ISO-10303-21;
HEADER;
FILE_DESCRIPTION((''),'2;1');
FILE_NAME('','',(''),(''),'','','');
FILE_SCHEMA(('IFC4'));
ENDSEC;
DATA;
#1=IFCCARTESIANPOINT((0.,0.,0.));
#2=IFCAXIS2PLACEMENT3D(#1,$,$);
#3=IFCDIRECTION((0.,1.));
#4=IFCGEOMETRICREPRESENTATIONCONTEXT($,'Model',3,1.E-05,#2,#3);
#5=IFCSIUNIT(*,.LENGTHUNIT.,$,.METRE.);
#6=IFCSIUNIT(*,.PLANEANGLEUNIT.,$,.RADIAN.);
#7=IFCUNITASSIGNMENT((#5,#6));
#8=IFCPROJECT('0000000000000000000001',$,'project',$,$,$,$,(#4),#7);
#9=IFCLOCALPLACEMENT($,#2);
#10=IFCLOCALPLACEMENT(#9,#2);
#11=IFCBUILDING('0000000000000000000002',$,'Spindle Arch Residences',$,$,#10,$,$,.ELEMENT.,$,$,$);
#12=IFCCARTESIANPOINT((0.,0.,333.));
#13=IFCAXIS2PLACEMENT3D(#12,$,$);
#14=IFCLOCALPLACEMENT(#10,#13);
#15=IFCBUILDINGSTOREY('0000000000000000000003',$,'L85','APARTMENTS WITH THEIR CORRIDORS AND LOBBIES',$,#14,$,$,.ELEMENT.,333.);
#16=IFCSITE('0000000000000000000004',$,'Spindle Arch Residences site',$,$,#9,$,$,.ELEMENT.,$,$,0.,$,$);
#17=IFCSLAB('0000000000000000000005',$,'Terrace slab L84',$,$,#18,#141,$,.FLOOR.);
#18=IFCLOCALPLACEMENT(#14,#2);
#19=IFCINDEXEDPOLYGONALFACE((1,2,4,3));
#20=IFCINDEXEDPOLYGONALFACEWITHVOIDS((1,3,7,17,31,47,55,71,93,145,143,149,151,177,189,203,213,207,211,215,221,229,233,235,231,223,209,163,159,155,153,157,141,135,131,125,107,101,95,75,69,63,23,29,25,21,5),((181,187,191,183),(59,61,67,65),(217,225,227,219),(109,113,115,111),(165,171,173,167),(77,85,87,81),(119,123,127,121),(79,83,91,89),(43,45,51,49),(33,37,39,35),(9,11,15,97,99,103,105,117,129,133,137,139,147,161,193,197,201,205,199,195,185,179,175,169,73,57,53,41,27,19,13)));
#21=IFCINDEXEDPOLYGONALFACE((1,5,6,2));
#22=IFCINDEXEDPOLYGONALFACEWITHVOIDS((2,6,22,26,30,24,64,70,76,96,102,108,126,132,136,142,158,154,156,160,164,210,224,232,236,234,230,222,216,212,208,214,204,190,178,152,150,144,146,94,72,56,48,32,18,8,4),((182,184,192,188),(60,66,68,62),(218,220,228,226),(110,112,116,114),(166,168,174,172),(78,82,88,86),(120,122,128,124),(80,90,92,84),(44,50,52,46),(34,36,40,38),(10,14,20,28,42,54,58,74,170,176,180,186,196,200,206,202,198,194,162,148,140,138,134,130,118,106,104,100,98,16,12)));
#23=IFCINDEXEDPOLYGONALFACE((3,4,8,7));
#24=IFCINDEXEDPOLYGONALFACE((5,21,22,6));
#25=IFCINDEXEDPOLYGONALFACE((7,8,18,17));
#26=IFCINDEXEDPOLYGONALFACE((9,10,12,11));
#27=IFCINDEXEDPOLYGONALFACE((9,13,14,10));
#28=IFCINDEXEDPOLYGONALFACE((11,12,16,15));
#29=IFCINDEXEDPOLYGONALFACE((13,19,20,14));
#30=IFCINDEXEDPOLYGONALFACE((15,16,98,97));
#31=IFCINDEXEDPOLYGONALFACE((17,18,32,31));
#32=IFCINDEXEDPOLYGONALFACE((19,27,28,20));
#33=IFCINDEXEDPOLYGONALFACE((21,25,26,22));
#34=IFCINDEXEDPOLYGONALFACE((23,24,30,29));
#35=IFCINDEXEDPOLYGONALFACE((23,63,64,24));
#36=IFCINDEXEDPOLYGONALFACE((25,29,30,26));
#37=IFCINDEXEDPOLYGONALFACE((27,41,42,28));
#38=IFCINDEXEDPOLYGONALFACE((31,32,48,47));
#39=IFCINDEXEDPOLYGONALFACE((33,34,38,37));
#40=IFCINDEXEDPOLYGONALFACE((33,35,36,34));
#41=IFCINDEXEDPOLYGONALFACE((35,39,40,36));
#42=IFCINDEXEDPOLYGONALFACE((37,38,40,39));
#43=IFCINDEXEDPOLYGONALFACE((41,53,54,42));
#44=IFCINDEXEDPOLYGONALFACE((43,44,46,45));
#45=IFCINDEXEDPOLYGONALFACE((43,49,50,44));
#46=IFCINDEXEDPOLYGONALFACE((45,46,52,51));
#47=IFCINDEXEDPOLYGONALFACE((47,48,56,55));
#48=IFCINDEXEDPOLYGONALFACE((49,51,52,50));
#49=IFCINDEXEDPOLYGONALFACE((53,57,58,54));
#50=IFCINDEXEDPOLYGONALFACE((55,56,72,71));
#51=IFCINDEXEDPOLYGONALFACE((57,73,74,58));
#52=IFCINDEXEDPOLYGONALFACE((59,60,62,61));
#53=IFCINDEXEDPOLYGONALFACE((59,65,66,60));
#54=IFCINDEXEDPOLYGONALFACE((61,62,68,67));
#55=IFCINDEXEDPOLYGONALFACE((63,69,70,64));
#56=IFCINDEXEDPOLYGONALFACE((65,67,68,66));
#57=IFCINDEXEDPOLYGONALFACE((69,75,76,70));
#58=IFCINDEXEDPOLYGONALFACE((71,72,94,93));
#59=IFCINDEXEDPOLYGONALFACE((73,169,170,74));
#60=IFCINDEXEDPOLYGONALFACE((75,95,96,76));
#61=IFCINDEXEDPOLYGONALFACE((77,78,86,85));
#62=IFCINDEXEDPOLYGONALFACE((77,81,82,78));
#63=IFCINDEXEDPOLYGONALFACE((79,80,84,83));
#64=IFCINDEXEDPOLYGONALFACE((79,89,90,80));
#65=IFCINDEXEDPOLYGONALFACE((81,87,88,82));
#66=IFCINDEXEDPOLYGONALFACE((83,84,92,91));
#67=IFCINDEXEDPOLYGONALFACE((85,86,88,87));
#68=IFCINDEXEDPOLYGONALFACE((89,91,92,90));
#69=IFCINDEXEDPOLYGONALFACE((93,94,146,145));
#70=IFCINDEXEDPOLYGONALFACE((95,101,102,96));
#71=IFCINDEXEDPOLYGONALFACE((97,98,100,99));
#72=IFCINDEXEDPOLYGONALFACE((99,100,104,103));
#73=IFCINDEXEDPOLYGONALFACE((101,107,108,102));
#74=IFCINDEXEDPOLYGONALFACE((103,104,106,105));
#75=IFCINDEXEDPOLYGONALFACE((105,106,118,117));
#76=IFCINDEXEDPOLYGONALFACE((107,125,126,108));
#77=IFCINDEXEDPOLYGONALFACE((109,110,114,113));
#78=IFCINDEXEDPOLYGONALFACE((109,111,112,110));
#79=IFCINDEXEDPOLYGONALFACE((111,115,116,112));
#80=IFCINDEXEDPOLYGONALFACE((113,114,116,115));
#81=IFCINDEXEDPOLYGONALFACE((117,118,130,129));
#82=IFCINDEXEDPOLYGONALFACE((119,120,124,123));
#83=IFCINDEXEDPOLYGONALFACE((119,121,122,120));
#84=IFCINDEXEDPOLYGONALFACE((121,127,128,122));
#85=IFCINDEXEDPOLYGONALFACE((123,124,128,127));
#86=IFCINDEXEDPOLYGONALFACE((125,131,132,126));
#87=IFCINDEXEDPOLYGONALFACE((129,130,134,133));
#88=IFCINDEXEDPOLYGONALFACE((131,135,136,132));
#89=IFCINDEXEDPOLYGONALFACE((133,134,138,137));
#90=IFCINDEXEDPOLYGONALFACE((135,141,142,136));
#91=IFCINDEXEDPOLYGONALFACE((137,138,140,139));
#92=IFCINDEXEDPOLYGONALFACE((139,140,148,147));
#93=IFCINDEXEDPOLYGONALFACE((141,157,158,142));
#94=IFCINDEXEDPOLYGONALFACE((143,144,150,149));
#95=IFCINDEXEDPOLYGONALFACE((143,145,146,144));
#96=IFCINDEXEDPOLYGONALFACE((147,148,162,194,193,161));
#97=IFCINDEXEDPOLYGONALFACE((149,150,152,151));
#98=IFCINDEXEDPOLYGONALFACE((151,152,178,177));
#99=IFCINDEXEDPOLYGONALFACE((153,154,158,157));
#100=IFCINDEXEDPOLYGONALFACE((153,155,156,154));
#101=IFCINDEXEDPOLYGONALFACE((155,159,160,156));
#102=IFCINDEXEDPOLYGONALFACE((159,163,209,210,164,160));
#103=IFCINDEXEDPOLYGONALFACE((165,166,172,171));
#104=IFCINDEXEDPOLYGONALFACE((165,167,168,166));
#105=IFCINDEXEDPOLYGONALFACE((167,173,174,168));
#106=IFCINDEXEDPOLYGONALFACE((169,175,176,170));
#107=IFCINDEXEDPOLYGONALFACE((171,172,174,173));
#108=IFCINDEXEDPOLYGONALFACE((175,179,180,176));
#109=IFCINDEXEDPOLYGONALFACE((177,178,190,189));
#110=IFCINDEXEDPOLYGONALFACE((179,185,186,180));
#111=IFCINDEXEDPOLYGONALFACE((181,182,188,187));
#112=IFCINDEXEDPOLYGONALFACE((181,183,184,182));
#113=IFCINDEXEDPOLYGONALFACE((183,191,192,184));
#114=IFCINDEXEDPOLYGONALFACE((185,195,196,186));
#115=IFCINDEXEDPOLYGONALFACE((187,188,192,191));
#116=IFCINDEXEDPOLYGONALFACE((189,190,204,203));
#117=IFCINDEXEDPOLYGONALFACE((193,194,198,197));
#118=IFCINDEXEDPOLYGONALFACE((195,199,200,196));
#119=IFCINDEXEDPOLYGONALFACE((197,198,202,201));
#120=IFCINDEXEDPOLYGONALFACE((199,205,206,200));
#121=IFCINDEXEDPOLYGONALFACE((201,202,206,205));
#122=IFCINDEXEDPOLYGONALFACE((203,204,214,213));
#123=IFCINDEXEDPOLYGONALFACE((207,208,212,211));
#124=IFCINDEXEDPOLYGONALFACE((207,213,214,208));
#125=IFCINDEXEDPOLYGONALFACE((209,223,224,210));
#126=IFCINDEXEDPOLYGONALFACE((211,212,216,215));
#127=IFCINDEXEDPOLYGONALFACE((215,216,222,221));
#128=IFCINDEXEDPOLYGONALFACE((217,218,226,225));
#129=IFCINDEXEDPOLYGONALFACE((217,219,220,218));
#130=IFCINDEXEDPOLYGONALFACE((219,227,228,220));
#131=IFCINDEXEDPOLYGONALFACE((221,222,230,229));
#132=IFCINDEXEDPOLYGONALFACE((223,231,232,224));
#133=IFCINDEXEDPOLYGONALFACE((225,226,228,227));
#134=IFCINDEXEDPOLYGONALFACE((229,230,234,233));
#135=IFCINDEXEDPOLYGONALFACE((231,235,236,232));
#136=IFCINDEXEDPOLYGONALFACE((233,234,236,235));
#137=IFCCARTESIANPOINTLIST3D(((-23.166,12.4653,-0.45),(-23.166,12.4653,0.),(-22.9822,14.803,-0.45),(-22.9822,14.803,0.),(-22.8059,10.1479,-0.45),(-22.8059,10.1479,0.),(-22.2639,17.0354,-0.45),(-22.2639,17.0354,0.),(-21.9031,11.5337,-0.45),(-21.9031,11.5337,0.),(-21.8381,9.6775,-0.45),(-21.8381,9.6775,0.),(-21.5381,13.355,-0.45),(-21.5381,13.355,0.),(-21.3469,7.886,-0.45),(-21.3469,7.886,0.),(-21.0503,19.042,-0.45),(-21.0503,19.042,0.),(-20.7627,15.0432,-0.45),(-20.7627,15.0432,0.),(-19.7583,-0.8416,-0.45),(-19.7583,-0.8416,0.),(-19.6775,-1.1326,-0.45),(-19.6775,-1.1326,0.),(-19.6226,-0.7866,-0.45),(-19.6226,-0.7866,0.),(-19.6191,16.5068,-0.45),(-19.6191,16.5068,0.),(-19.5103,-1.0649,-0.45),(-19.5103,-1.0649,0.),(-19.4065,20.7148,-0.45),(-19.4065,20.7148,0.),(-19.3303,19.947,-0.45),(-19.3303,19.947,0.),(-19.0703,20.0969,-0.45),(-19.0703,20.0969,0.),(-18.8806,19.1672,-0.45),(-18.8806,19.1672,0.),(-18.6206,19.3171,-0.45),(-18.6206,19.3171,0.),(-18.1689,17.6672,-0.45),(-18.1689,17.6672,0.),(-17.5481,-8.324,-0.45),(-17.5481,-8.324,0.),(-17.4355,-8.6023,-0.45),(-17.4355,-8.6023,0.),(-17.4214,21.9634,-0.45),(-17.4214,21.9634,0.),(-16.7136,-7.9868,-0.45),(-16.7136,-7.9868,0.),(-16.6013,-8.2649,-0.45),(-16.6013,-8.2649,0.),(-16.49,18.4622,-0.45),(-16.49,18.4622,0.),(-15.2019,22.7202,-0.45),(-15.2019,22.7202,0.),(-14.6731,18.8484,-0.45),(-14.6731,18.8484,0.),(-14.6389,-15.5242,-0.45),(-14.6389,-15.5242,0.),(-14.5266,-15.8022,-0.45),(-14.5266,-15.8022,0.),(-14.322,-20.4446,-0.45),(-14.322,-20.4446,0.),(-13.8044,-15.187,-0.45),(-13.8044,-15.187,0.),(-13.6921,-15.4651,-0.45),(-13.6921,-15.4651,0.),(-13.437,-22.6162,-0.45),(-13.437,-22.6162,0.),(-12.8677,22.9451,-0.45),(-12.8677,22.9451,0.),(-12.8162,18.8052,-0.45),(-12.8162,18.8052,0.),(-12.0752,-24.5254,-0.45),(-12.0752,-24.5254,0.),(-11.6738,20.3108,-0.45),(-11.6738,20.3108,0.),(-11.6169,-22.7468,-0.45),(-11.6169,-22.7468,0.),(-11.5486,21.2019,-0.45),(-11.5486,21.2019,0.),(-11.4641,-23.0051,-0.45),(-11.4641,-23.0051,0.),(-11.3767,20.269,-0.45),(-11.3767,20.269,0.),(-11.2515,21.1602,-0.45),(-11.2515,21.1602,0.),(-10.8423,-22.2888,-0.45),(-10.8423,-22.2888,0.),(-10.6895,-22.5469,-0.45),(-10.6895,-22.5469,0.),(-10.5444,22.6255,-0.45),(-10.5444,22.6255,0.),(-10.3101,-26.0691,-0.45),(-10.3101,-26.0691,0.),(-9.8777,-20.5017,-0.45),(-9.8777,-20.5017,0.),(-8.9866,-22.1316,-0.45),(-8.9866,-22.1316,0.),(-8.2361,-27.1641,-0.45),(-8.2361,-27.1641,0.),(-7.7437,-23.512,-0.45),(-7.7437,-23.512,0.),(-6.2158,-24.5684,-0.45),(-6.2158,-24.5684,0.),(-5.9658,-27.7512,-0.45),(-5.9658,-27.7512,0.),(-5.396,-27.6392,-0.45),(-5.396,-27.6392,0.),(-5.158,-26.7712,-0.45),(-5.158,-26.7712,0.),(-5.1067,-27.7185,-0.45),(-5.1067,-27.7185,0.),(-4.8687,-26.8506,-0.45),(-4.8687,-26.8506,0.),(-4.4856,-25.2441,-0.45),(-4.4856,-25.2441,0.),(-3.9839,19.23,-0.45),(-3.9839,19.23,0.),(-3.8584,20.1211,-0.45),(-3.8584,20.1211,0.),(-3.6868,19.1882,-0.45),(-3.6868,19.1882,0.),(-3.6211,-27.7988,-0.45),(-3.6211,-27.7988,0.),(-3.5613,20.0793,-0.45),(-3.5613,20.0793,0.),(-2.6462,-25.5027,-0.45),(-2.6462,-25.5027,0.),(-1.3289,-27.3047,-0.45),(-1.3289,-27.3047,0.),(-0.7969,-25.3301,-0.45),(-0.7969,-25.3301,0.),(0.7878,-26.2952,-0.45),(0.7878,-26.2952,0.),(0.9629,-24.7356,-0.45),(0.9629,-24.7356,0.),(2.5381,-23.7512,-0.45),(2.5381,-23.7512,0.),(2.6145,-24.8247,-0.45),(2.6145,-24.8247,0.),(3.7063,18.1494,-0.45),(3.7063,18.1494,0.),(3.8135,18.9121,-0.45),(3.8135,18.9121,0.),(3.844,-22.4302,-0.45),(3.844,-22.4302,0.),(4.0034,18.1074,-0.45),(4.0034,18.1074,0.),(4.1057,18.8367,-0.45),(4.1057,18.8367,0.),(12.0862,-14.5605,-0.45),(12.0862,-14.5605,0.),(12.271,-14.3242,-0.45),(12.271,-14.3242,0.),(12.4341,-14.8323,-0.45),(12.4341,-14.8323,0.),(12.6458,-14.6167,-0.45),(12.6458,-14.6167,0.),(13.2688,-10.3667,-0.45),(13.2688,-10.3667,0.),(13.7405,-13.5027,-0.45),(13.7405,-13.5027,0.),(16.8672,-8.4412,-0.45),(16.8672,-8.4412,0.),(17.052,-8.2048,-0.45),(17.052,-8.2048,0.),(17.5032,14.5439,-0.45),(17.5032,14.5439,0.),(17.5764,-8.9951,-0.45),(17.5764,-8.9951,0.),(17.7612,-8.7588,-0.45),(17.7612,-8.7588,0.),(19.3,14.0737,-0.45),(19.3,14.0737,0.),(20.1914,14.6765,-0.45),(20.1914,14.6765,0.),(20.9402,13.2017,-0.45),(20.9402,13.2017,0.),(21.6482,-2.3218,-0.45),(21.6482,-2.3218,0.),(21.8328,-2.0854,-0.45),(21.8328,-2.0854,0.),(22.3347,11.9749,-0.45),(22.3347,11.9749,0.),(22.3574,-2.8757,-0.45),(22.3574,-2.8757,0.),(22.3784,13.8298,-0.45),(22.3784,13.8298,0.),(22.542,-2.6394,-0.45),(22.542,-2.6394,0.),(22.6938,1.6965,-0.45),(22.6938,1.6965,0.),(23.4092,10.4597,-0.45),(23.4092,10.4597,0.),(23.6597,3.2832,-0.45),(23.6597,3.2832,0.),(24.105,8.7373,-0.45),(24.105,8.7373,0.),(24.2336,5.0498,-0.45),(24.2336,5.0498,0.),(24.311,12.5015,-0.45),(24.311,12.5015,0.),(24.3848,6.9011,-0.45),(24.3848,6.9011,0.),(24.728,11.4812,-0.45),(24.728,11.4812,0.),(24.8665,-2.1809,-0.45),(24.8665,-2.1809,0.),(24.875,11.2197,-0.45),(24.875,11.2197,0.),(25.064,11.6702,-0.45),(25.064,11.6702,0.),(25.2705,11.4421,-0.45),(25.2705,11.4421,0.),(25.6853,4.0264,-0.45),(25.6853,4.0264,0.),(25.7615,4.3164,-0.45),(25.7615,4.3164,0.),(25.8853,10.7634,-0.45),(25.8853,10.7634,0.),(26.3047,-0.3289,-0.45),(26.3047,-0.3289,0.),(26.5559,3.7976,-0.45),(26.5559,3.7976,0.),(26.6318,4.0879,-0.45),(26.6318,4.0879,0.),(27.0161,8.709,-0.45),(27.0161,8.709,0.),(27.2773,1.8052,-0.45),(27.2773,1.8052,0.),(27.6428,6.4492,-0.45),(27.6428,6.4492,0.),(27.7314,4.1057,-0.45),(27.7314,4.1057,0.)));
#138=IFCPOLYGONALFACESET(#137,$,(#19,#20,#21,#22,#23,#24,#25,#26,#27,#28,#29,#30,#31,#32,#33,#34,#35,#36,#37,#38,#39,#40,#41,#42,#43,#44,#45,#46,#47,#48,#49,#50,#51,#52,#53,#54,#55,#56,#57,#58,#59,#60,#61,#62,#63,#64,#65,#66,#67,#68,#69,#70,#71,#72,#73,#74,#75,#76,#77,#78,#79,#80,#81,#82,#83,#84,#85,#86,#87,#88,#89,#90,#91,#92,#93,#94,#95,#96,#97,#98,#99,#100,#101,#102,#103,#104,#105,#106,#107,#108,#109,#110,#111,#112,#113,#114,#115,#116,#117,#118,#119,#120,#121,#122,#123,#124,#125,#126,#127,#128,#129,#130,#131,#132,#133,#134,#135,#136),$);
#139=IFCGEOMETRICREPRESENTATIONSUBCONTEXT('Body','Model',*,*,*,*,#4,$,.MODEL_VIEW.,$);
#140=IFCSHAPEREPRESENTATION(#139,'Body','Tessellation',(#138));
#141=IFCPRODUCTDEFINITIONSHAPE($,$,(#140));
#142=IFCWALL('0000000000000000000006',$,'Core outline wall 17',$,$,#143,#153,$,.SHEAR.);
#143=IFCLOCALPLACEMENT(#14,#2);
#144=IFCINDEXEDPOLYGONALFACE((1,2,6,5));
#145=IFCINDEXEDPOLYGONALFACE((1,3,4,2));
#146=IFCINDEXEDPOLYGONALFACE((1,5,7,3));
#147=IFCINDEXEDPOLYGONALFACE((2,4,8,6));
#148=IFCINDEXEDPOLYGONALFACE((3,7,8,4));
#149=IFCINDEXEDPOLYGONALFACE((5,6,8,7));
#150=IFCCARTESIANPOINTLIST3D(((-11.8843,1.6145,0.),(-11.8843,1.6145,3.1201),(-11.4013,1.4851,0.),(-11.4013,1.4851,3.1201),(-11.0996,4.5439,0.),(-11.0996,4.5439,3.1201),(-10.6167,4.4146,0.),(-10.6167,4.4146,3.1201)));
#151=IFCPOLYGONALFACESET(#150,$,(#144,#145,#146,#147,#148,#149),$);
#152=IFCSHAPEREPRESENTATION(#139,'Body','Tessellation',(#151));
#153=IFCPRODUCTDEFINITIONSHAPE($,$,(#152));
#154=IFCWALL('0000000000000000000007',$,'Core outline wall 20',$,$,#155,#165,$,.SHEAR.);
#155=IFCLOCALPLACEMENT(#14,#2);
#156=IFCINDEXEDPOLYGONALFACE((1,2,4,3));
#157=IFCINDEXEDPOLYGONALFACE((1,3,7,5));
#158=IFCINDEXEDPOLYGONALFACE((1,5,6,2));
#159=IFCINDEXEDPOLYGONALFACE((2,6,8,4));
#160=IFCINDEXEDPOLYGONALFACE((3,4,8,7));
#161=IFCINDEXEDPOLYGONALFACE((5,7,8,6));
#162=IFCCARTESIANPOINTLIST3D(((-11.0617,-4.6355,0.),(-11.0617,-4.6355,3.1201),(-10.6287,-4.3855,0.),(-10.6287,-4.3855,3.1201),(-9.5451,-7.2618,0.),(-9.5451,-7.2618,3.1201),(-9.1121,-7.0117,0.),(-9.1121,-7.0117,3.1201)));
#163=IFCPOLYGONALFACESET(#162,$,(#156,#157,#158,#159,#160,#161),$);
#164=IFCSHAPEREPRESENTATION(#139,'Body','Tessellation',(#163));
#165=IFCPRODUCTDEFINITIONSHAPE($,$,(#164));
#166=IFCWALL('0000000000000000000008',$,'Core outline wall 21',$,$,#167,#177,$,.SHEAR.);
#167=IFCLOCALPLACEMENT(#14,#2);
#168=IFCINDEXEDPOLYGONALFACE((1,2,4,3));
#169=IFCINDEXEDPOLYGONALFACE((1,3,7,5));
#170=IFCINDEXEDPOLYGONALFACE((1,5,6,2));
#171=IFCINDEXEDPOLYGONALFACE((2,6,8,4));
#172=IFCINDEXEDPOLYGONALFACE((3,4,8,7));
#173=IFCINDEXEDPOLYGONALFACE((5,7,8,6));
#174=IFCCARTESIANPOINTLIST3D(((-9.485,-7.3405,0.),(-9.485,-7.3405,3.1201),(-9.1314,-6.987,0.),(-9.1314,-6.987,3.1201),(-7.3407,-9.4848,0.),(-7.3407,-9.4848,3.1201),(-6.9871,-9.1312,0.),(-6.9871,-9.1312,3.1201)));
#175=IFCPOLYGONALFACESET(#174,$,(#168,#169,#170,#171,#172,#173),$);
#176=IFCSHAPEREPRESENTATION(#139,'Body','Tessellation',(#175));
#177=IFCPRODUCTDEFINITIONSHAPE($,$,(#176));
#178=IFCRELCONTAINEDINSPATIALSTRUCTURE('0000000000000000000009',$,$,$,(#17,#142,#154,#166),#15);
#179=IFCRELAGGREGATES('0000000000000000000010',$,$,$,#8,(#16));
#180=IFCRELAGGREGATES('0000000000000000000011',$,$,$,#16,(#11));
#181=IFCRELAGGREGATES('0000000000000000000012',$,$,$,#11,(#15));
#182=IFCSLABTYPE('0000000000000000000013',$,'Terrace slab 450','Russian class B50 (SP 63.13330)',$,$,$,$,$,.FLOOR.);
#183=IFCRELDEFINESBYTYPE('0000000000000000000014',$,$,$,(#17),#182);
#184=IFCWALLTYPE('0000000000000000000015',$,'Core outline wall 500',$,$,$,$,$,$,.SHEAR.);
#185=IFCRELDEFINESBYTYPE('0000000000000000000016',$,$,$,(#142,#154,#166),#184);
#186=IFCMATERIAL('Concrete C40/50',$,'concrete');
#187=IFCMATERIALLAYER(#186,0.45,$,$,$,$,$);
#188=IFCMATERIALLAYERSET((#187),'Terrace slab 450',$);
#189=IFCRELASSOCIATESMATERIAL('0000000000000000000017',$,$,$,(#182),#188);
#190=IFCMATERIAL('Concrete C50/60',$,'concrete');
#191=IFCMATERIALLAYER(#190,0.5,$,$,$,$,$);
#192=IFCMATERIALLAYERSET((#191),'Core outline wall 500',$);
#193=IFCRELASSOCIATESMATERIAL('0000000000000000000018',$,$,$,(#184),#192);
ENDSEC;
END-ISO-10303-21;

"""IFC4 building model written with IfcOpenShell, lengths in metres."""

from ifc_helpers import new_model, si_unit, direction, frame, frame_2d, origin, place, context, subcontext, project, spatial, polyline, rectangle, outline, extrude, material, layer, layer_set, type_object, element, save


model = new_model("IFC4")

# Units and contexts
model_context = context("Model", 3, precision=1e-05, world=origin(), true_north=direction((0.0, 1.0)))
body_context = subcontext(model_context, "Body", "Model", "MODEL_VIEW")
ifc_project = project(units=[si_unit("LENGTHUNIT", "METRE"), si_unit("PLANEANGLEUNIT", "RADIAN")], contexts=[model_context])

# Site, building, storey
site_placement = place(None, origin())
site = spatial("IfcSite", under=ifc_project, at=site_placement, Name="Spindle Arch Residences site", CompositionType="ELEMENT", RefElevation=0.0)
building_placement = place(site_placement, origin())
building = spatial("IfcBuilding", under=site, at=building_placement, Name="Spindle Arch Residences", CompositionType="ELEMENT")
storey_placement = place(building_placement, frame((0.0, 0.0, 333.0)))
storey = spatial("IfcBuildingStorey", under=building, at=storey_placement, Name="L85", Description="APARTMENTS WITH THEIR CORRIDORS AND LOBBIES", CompositionType="ELEMENT", Elevation=333.0)

# Slab
ifc_material_1 = material(Name="Concrete C40/50", Category="concrete")
ifc_layer_1 = layer(ifc_material_1, 0.45)
ifc_layer_set_1 = layer_set([ifc_layer_1], Name="Terrace slab 450")
slab_type_1 = type_object("IfcSlabType", Name="Terrace slab 450", Description="Russian class B50 (SP 63.13330)", PredefinedType="FLOOR", material=ifc_layer_set_1)
slab_1_placement = place(storey_placement, frame((0.0, 0.0, -0.45)))
element("IfcSlab", 1, at=slab_1_placement, inside=storey, type_object=slab_type_1, Name="Terrace slab L84", PredefinedType="FLOOR", context=body_context, shape_type="SweptSolid", body=[
    extrude(outline(polyline([(0.7878, -26.2952), (-1.3289, -27.3047), (-3.6211, -27.7988), (-5.9658, -27.7512), (-8.2361, -27.1641), (-10.3101, -26.0691), (-12.0752, -24.5254), (-13.437, -22.6162), (-14.322, -20.4446), (-19.6775, -1.1326), (-19.5103, -1.0649), (-19.6226, -0.7866), (-19.7583, -0.8416), (-22.8059, 10.1479), (-23.166, 12.4653), (-22.9822, 14.803), (-22.2639, 17.0354), (-21.0503, 19.042), (-19.4065, 20.7148), (-17.4214, 21.9634), (-15.2019, 22.7202), (-12.8677, 22.9451), (-10.5444, 22.6255), (3.8135, 18.9121), (3.7063, 18.1494), (4.0034, 18.1074), (4.1057, 18.8367), (20.1914, 14.6765), (22.3784, 13.8298), (24.311, 12.5015), (25.064, 11.6702), (24.728, 11.4812), (24.875, 11.2197), (25.2705, 11.4421), (25.8853, 10.7634), (27.0161, 8.709), (27.6428, 6.4492), (27.7314, 4.1057), (27.2773, 1.8052), (26.3047, -0.3289), (24.8665, -2.1809), (13.7405, -13.5027), (12.6458, -14.6167), (12.271, -14.3242), (12.0862, -14.5605), (12.4341, -14.8323), (2.6145, -24.8247), (0.7878, -26.2952)]), holes=[polyline([(23.6597, 3.2832), (24.2336, 5.0498), (24.3848, 6.9011), (24.105, 8.7373), (23.4092, 10.4597), (22.3347, 11.9749), (20.9402, 13.2017), (19.3, 14.0737), (17.5032, 14.5439), (-12.8162, 18.8052), (-14.6731, 18.8484), (-16.49, 18.4622), (-18.1689, 17.6672), (-19.6191, 16.5068), (-20.7627, 15.0432), (-21.5381, 13.355), (-21.9031, 11.5337), (-21.8381, 9.6775), (-21.3469, 7.886), (-9.8777, -20.5017), (-8.9866, -22.1316), (-7.7437, -23.512), (-6.2158, -24.5684), (-4.4856, -25.2441), (-2.6462, -25.5027), (-0.7969, -25.3301), (0.9629, -24.7356), (2.5381, -23.7512), (3.844, -22.4302), (13.2688, -10.3667), (22.6938, 1.6965), (23.6597, 3.2832)]), polyline([(-5.396, -27.6392), (-5.1067, -27.7185), (-4.8687, -26.8506), (-5.158, -26.7712), (-5.396, -27.6392)]), polyline([(-11.6169, -22.7468), (-11.4641, -23.0051), (-10.6895, -22.5469), (-10.8423, -22.2888), (-11.6169, -22.7468)]), polyline([(-14.6389, -15.5242), (-14.5266, -15.8022), (-13.6921, -15.4651), (-13.8044, -15.187), (-14.6389, -15.5242)]), polyline([(-16.7136, -7.9868), (-17.5481, -8.324), (-17.4355, -8.6023), (-16.6013, -8.2649), (-16.7136, -7.9868)]), polyline([(-19.0703, 20.0969), (-19.3303, 19.947), (-18.8806, 19.1672), (-18.6206, 19.3171), (-19.0703, 20.0969)]), polyline([(-3.6868, 19.1882), (-3.5613, 20.0793), (-3.8584, 20.1211), (-3.9839, 19.23), (-3.6868, 19.1882)]), polyline([(-11.3767, 20.269), (-11.2515, 21.1602), (-11.5486, 21.2019), (-11.6738, 20.3108), (-11.3767, 20.269)]), polyline([(16.8672, -8.4412), (17.5764, -8.9951), (17.7612, -8.7588), (17.052, -8.2048), (16.8672, -8.4412)]), polyline([(21.6482, -2.3218), (22.3574, -2.8757), (22.542, -2.6394), (21.8328, -2.0854), (21.6482, -2.3218)]), polyline([(26.5559, 3.7976), (26.6318, 4.0879), (25.7615, 4.3164), (25.6853, 4.0264), (26.5559, 3.7976)])]), origin(), (0.0, 0.0, 1.0), 0.45),
])

# Walls
ifc_material_2 = material(Name="Concrete C50/60", Category="concrete")
ifc_layer_2 = layer(ifc_material_2, 0.5)
ifc_layer_set_2 = layer_set([ifc_layer_2], Name="Core outline wall 500")
wall_type_1 = type_object("IfcWallType", Name="Core outline wall 500", PredefinedType="SHEAR", material=ifc_layer_set_2)
for number, where, z_axis, x_axis, name in (
    (2, (-10.8582, 4.4792, 0.0), (0.0, 0.0, 1.0), (-0.258735, -0.965948, 0.0), "Core outline wall 17"),
    (3, (-10.8452, -4.5105, 0.0), (0.0, 0.0, 1.0), (0.500087, -0.865975, 0.0), "Core outline wall 20"),
):
    element("IfcWall", number, at=place(storey_placement, frame(where, z_axis=z_axis, x_axis=x_axis)), inside=storey, type_object=wall_type_1, Name=name, PredefinedType="SHEAR", context=body_context, shape_type="SweptSolid", body=[
        extrude(rectangle(XDim=3.0327, YDim=0.5, at=frame_2d((1.5164, 0.0))), origin(), (0.0, 0.0, 1.0), 3.1201),
    ])
wall_1_placement = place(storey_placement, frame((-9.3081, -7.1638, 0.0), z_axis=(0.0, 0.0, 1.0), x_axis=(0.707107, -0.707107, 0.0)))
element("IfcWall", 4, at=wall_1_placement, inside=storey, type_object=wall_type_1, Name="Core outline wall 21", PredefinedType="SHEAR", context=body_context, shape_type="SweptSolid", body=[
    extrude(rectangle(XDim=3.0325, YDim=0.5, at=frame_2d((1.5161, 0.0))), origin(), (0.0, 0.0, 1.0), 3.1201),
])

save(model, "model.ifc")
